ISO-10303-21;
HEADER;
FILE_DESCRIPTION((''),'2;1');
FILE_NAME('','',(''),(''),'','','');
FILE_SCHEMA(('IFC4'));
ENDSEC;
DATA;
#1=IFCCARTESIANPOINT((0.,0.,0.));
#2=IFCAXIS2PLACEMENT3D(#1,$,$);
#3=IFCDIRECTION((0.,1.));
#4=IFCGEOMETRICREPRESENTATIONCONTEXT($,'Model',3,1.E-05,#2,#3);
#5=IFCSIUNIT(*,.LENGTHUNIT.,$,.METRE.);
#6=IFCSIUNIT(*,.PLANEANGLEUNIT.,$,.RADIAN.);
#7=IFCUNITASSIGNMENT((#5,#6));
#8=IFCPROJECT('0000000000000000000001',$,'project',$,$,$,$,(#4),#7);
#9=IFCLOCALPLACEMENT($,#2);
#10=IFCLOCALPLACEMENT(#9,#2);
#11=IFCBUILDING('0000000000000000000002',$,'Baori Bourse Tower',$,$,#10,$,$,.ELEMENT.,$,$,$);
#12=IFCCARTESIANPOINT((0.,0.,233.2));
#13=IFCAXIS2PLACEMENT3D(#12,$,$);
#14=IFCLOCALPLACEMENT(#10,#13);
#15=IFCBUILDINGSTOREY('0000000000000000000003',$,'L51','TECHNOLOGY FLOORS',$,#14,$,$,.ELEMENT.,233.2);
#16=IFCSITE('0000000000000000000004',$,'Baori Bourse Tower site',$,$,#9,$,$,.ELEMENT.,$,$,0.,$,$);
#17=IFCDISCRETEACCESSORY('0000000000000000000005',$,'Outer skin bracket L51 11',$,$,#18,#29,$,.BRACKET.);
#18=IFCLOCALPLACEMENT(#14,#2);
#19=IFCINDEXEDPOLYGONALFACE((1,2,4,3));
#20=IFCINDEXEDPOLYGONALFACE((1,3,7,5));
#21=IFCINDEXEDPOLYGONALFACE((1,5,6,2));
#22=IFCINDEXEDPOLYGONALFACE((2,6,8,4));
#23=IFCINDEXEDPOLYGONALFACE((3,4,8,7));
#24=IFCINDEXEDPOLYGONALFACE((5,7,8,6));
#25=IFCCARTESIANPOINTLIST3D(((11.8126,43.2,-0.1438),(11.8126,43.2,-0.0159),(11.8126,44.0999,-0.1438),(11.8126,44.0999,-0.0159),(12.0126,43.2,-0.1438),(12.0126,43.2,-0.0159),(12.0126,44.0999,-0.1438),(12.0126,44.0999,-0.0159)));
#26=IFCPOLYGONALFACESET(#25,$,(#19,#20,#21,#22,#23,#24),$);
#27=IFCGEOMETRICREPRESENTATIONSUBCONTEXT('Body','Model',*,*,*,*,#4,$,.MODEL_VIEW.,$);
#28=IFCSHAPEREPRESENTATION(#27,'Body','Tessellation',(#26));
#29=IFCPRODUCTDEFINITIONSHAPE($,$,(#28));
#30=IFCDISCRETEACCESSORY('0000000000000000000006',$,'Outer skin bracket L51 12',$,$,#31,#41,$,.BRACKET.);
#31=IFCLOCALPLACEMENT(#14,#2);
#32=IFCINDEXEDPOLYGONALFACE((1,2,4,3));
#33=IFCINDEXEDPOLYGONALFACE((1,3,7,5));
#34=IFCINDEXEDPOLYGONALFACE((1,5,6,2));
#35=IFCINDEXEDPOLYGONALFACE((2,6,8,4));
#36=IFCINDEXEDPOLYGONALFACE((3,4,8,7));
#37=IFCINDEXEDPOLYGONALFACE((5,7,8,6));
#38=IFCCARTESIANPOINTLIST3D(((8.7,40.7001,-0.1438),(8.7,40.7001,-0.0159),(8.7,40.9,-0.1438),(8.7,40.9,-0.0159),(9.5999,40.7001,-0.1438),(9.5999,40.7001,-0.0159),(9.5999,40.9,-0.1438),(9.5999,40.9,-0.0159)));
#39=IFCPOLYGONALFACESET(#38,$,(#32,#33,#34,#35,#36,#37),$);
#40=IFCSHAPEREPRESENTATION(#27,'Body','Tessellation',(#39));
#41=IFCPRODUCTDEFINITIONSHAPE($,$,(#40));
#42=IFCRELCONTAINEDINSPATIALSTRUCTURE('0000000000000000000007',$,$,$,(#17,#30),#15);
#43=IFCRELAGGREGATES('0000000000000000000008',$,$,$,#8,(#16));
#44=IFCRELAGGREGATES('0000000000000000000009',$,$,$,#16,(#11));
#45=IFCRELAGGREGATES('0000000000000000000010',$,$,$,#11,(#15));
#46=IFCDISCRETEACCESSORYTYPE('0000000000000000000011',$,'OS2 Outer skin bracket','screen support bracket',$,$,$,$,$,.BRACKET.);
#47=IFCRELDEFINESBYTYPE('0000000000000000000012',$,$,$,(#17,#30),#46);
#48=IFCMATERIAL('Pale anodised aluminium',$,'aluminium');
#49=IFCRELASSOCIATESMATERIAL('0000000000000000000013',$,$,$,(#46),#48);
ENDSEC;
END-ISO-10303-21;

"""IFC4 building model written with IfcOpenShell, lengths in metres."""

from ifc_helpers import new_model, si_unit, direction, frame, origin, origin_2d, place, context, subcontext, project, spatial, rectangle, extrude, material, type_object, element, save


model = new_model("IFC4")

# Units and contexts
model_context = context("Model", 3, precision=1e-05, world=origin(), true_north=direction((0.0, 1.0)))
body_context = subcontext(model_context, "Body", "Model", "MODEL_VIEW")
ifc_project = project(units=[si_unit("LENGTHUNIT", "METRE"), si_unit("PLANEANGLEUNIT", "RADIAN")], contexts=[model_context])

# Site, building, storey
site_placement = place(None, origin())
site = spatial("IfcSite", under=ifc_project, at=site_placement, Name="Baori Bourse Tower site", CompositionType="ELEMENT", RefElevation=0.0)
building_placement = place(site_placement, origin())
building = spatial("IfcBuilding", under=site, at=building_placement, Name="Baori Bourse Tower", CompositionType="ELEMENT")
storey_placement = place(building_placement, frame((0.0, 0.0, 233.2)))
storey = spatial("IfcBuildingStorey", under=building, at=storey_placement, Name="L51", Description="TECHNOLOGY FLOORS", CompositionType="ELEMENT", Elevation=233.2)

# Discrete accessories
ifc_material_1 = material(Name="Pale anodised aluminium", Category="aluminium")
discrete_accessory_type = type_object("IfcDiscreteAccessoryType", Name="OS2 Outer skin bracket", Description="screen support bracket", PredefinedType="BRACKET", material=ifc_material_1)
for number, where, z_axis, x_axis, name in (
    (1, (11.9126, 43.6499, -0.1438), (0.0, 0.0, 1.0), (-1.0, 0.0, 0.0), "Outer skin bracket L51 11"),
    (2, (9.1499, 40.8, -0.1438), (0.0, 0.0, 1.0), (0.0, -1.0, 0.0), "Outer skin bracket L51 12"),
):
    element("IfcDiscreteAccessory", number, at=place(storey_placement, frame(where, z_axis=z_axis, x_axis=x_axis)), inside=storey, type_object=discrete_accessory_type, Name=name, PredefinedType="BRACKET", context=body_context, shape_type="SweptSolid", body=[
        extrude(rectangle(XDim=0.2, YDim=0.8999, at=origin_2d()), origin(), (0.0, 0.0, 1.0), 0.1279),
    ])

save(model, "model.ifc")
